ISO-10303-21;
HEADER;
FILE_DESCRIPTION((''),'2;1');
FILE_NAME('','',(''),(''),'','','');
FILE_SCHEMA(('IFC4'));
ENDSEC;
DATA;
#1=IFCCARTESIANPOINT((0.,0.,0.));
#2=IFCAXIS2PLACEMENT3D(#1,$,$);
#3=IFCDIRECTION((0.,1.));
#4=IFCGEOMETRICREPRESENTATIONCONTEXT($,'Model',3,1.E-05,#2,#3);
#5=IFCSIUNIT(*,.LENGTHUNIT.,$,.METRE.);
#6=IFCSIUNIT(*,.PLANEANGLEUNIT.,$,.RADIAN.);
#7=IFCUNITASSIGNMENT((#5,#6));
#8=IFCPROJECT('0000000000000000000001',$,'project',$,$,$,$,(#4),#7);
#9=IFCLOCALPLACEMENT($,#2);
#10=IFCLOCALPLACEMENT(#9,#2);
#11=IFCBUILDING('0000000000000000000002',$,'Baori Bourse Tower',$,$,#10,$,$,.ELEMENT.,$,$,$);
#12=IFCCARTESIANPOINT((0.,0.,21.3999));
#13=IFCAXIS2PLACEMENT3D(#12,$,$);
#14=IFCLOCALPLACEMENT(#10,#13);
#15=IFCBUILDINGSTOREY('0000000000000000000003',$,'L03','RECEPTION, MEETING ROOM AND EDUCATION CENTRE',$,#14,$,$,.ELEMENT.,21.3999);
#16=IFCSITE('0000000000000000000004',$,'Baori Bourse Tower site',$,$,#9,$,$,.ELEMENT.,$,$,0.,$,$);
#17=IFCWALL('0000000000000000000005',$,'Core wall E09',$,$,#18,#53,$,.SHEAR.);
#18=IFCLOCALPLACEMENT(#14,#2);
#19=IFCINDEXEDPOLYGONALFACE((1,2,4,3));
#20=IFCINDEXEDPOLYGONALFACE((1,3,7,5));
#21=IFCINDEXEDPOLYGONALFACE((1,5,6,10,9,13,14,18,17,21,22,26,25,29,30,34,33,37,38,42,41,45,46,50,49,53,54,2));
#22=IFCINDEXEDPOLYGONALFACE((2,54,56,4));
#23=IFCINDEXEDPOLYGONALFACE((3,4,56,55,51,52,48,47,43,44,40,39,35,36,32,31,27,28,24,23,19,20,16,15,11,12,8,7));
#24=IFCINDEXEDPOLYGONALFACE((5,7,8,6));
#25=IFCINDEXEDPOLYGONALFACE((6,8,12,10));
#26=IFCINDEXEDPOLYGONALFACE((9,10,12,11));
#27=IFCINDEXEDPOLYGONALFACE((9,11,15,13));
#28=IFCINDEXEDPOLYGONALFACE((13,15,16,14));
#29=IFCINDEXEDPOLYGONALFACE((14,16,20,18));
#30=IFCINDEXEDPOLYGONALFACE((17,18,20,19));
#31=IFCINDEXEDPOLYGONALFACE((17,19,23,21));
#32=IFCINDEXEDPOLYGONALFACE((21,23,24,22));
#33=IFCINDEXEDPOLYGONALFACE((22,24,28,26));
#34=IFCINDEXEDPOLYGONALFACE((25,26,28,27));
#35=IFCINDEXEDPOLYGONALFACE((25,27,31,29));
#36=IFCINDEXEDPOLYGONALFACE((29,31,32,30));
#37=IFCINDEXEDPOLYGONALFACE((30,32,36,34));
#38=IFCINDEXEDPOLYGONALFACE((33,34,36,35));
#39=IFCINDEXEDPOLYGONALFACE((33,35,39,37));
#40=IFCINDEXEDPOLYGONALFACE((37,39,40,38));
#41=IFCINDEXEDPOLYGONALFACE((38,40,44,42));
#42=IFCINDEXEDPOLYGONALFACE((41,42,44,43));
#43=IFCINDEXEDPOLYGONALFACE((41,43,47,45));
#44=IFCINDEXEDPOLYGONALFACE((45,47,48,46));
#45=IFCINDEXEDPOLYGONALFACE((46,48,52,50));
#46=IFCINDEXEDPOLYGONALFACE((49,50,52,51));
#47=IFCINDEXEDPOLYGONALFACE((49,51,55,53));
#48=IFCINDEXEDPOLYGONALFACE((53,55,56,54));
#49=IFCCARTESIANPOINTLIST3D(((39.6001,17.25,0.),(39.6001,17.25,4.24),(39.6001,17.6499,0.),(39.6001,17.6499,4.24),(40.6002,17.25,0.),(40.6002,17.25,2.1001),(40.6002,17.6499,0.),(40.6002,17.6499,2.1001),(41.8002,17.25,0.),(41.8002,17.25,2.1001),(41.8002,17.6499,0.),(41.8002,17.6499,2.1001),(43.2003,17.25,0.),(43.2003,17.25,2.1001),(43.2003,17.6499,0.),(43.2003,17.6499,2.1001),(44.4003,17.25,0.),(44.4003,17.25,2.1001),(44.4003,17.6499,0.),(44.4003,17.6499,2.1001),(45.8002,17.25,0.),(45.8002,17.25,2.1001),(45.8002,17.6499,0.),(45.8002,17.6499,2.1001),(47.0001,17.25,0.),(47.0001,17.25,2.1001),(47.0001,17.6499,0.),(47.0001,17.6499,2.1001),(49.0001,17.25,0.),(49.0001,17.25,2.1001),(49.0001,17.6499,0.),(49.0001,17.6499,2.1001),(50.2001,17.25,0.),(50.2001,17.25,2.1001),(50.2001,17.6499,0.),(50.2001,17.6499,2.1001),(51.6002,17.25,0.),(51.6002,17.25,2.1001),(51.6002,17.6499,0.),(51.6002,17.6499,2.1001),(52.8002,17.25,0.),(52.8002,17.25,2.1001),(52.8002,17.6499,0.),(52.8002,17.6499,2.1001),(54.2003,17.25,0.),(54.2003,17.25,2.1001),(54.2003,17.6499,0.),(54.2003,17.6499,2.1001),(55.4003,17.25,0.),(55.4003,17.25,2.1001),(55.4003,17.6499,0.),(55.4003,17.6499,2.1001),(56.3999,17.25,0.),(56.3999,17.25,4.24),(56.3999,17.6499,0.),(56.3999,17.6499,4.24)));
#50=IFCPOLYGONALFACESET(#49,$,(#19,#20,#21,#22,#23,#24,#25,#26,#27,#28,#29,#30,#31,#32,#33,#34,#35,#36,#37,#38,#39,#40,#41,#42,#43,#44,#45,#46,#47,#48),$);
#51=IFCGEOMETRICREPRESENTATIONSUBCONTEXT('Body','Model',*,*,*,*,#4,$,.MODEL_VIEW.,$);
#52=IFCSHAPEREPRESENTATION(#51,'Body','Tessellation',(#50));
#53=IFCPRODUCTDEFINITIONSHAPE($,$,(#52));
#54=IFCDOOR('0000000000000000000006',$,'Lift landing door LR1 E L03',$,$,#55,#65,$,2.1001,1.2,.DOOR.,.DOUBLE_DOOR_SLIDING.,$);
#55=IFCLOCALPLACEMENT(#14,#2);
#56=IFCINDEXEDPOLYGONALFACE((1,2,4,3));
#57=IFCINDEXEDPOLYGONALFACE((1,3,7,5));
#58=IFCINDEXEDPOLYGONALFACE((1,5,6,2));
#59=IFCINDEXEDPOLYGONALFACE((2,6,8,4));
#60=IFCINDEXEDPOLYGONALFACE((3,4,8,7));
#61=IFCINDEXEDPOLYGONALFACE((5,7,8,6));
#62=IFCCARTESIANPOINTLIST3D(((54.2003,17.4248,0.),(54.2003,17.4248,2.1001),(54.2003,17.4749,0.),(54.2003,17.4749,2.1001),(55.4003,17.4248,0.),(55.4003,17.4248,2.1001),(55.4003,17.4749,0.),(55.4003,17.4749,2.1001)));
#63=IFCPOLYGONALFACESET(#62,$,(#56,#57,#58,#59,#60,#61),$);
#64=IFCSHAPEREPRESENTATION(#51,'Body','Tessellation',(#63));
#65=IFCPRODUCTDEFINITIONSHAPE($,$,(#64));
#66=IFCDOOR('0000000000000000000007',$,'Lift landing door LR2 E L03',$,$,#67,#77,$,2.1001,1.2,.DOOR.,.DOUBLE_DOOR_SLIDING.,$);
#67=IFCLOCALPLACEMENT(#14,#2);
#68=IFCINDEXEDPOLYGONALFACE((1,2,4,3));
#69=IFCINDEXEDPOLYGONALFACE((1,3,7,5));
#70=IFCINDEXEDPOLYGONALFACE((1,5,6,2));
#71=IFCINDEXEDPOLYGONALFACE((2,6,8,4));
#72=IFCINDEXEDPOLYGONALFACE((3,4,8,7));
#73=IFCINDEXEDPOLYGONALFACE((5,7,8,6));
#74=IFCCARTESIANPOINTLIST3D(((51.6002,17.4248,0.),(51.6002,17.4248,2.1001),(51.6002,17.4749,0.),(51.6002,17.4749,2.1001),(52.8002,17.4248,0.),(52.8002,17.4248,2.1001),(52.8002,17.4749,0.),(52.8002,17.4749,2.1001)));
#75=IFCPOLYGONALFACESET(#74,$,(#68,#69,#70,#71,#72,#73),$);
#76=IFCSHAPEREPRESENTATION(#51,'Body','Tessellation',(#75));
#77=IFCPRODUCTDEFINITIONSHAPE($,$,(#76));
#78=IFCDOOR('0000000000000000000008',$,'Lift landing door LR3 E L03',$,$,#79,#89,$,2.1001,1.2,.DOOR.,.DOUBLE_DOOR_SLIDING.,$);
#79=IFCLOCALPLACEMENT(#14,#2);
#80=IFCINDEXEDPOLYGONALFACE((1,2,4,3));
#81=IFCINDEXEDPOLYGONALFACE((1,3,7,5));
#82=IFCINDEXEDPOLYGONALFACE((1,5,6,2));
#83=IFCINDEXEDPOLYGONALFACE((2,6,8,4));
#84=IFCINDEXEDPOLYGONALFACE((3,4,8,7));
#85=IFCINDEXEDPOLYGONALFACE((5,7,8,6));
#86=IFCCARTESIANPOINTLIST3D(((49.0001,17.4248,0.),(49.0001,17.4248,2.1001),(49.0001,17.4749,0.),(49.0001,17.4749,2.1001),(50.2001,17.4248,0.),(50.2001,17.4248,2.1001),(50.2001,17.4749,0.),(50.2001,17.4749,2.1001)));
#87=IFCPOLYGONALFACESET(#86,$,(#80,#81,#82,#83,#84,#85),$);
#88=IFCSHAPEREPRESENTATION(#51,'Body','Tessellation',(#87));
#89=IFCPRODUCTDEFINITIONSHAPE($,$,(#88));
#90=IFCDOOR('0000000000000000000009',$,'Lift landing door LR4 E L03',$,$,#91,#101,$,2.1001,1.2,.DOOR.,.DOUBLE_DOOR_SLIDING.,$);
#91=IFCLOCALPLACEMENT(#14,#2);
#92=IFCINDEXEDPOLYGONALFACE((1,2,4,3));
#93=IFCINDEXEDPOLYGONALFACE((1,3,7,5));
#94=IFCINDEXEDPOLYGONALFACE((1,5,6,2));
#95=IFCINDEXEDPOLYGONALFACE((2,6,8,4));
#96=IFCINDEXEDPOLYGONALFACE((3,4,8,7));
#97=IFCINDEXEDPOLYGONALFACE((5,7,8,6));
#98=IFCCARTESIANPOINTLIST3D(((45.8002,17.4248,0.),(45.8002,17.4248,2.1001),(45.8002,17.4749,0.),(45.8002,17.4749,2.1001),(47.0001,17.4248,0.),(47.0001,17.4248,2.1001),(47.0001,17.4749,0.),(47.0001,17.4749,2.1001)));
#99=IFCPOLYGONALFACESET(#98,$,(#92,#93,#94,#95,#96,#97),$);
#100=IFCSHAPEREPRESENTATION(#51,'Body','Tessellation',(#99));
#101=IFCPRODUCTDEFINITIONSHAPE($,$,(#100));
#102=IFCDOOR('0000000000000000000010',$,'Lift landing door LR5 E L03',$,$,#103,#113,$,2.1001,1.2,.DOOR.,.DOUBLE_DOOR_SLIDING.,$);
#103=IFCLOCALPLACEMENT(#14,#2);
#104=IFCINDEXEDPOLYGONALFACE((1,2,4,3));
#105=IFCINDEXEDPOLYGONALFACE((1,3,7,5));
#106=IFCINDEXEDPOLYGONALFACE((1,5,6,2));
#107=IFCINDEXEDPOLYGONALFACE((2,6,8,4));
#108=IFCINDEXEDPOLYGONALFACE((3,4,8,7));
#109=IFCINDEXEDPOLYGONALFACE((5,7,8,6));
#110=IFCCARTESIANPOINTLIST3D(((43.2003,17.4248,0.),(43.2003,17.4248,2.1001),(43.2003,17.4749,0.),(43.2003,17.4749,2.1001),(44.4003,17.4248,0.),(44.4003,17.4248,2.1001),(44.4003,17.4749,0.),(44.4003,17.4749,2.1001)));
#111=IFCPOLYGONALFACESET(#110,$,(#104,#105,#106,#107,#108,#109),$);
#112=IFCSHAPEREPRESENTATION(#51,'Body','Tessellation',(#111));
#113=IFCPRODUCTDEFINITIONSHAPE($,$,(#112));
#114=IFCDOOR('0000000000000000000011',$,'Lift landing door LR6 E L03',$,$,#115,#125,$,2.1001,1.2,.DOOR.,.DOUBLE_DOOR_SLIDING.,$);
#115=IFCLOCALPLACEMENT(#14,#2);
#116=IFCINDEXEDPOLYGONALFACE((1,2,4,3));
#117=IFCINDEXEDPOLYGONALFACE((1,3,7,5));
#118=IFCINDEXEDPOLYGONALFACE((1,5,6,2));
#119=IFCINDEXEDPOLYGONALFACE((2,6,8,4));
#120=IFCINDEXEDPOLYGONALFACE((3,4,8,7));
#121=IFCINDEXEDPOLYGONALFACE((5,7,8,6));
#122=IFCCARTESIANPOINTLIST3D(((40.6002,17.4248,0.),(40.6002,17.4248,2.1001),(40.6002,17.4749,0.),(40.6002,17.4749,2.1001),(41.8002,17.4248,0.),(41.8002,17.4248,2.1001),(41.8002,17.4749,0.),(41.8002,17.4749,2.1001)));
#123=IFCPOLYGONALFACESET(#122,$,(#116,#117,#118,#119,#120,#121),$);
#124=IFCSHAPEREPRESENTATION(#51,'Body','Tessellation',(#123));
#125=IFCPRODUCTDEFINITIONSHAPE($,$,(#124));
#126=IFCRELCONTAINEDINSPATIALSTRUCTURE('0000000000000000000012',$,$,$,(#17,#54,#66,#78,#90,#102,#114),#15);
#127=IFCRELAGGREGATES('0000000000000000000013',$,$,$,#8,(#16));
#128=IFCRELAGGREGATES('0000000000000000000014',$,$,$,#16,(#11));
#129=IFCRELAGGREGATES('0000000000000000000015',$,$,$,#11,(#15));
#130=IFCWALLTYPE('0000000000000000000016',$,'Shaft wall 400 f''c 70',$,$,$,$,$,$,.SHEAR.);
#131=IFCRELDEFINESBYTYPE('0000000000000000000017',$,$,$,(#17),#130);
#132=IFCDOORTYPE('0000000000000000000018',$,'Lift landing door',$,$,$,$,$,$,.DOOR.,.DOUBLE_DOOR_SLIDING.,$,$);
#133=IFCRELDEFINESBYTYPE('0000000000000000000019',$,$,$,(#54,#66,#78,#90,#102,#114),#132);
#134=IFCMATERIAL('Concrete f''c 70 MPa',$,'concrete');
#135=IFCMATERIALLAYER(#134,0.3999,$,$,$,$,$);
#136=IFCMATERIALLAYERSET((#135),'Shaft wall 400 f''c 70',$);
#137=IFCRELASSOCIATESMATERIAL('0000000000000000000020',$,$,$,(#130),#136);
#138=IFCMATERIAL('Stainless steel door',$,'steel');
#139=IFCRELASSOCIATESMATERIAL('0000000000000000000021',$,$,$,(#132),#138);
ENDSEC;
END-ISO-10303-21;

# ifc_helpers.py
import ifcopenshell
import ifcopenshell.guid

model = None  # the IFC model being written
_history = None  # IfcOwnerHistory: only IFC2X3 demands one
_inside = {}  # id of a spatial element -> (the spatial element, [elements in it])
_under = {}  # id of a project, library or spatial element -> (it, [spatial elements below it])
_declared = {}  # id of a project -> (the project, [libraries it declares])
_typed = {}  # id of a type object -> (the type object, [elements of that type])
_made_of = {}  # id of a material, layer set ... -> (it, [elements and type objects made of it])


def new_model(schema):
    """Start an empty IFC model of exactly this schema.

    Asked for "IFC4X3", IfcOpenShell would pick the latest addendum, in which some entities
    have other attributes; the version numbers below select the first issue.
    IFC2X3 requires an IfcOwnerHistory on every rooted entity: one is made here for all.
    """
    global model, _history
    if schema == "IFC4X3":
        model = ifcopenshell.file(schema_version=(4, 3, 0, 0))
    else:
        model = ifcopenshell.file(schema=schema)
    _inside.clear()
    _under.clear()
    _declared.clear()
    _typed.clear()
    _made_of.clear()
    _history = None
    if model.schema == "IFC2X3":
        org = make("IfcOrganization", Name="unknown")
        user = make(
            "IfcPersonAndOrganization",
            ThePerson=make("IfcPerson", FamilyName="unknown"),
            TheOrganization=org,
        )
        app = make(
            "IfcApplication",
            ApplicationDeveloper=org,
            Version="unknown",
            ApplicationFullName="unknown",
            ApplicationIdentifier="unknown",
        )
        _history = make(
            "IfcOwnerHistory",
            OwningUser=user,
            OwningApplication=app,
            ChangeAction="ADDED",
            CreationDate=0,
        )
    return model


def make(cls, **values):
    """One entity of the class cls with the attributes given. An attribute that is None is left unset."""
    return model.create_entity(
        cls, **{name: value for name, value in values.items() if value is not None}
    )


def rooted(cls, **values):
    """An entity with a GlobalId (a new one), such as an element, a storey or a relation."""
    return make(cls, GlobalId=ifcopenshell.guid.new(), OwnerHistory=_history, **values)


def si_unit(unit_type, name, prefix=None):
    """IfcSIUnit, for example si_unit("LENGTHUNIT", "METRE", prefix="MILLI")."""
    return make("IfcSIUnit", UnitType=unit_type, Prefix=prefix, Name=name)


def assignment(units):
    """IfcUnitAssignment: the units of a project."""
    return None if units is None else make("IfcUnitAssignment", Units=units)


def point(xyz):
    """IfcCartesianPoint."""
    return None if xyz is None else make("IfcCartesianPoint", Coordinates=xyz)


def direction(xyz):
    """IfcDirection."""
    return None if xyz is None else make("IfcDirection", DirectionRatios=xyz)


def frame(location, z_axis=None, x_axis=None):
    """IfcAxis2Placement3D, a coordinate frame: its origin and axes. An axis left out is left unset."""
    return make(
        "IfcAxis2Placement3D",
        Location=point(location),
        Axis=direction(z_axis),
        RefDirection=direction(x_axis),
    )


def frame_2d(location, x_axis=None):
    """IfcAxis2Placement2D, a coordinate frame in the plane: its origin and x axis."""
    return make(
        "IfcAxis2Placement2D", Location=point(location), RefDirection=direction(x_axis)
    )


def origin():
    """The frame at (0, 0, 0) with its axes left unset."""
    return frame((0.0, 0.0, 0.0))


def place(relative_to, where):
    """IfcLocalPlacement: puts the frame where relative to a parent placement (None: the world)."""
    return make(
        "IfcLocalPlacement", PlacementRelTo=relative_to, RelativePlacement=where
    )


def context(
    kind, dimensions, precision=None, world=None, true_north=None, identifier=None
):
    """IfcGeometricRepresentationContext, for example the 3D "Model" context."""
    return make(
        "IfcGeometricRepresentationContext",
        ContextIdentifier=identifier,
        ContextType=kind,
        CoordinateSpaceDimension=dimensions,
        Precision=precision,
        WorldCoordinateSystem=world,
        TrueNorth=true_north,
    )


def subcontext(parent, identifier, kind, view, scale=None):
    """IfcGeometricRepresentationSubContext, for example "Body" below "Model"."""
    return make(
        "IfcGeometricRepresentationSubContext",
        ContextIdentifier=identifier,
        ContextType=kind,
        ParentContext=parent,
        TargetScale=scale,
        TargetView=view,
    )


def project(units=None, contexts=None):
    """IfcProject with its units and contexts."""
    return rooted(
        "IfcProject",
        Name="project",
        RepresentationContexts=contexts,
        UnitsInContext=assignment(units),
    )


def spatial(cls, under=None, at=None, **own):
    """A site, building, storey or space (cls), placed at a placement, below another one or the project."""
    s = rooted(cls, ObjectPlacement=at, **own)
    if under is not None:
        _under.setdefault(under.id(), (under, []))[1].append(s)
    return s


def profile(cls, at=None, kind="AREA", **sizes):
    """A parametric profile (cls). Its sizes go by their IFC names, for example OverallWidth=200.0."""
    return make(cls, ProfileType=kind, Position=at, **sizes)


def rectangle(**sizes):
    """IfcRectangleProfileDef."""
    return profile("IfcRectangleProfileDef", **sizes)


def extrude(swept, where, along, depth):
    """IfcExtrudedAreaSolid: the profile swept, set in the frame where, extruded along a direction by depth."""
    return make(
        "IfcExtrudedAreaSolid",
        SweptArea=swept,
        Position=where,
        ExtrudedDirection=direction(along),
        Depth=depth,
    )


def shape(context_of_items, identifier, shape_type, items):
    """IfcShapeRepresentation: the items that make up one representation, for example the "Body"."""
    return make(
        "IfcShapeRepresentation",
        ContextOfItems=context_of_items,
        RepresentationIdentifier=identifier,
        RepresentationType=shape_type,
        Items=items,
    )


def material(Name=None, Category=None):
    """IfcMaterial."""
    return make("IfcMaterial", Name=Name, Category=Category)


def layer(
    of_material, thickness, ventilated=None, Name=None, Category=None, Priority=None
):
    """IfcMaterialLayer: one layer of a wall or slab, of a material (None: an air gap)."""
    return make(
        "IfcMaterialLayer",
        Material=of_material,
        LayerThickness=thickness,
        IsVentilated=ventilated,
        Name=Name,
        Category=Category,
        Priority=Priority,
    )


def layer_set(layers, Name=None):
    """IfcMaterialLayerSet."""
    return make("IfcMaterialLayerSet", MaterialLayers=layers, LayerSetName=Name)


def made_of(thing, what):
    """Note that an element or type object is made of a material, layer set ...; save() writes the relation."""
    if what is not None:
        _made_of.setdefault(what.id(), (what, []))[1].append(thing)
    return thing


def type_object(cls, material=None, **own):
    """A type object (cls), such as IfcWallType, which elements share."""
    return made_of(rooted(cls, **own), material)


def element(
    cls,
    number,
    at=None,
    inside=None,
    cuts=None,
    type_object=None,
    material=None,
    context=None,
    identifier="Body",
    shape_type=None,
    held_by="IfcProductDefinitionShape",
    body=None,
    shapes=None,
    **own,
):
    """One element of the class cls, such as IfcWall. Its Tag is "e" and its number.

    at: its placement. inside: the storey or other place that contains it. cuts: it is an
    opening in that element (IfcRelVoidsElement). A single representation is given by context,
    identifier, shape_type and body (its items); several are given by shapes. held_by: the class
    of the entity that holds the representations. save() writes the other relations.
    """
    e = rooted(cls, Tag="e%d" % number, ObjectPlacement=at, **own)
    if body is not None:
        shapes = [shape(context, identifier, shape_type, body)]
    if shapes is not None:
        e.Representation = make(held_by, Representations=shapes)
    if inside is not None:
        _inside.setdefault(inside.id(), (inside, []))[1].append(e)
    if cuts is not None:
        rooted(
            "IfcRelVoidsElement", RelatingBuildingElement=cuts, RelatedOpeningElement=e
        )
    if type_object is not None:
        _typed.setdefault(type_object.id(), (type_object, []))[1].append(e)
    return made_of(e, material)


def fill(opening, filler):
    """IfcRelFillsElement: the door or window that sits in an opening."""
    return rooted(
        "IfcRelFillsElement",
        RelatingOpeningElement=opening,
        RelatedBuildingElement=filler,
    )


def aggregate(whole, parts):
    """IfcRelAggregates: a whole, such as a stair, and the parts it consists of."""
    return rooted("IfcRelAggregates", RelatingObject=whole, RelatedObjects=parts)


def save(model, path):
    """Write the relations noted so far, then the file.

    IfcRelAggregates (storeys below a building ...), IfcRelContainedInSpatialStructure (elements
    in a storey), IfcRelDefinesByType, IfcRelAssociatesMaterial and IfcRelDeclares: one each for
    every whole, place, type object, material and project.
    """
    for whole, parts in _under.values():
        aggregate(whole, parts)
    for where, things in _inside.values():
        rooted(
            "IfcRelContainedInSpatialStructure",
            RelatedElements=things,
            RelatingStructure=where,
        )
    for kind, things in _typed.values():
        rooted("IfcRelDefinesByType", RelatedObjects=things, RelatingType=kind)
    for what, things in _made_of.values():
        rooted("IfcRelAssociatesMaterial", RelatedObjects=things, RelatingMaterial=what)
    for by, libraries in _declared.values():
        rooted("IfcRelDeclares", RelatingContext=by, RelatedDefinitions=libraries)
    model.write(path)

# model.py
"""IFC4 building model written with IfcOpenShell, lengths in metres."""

from ifc_helpers import new_model, si_unit, direction, frame, frame_2d, origin, place, context, subcontext, project, spatial, rectangle, extrude, material, layer, layer_set, type_object, element, fill, save


model = new_model("IFC4")

# Units and contexts
model_context = context("Model", 3, precision=1e-05, world=origin(), true_north=direction((0.0, 1.0)))
body_context = subcontext(model_context, "Body", "Model", "MODEL_VIEW")
ifc_project = project(units=[si_unit("LENGTHUNIT", "METRE"), si_unit("PLANEANGLEUNIT", "RADIAN")], contexts=[model_context])

# Site, building, storey
site_placement = place(None, origin())
site = spatial("IfcSite", under=ifc_project, at=site_placement, Name="Baori Bourse Tower site", CompositionType="ELEMENT", RefElevation=0.0)
building_placement = place(site_placement, origin())
building = spatial("IfcBuilding", under=site, at=building_placement, Name="Baori Bourse Tower", CompositionType="ELEMENT")
storey_placement = place(building_placement, frame((0.0, 0.0, 21.3999)))
storey = spatial("IfcBuildingStorey", under=building, at=storey_placement, Name="L03", Description="RECEPTION, MEETING ROOM AND EDUCATION CENTRE", CompositionType="ELEMENT", Elevation=21.3999)

# Shared definitions
ifc_material_1 = material(Name="Concrete f'c 70 MPa", Category="concrete")
ifc_layer_1 = layer(ifc_material_1, 0.3999)
ifc_layer_set_1 = layer_set([ifc_layer_1], Name="Shaft wall 400 f'c 70")
wall_type_1 = type_object("IfcWallType", Name="Shaft wall 400 f'c 70", PredefinedType="SHEAR", material=ifc_layer_set_1)

# Wall, openings, doors
wall_1_placement = place(storey_placement, frame((39.6001, 17.45, 0.0), z_axis=(0.0, 0.0, 1.0), x_axis=(1.0, 0.0, 0.0)))
wall_1 = element("IfcWall", 1, at=wall_1_placement, inside=storey, type_object=wall_type_1, Name="Core wall E09", PredefinedType="SHEAR", context=body_context, shape_type="SweptSolid", body=[
    extrude(rectangle(XDim=16.7998, YDim=0.3999, at=frame_2d((8.3999, 0.0))), origin(), (0.0, 0.0, 1.0), 4.24),
])
opening_1_placement = place(wall_1_placement, frame((14.6001, 0.0, 0.0)))
opening_1 = element("IfcOpeningElement", 2, at=opening_1_placement, cuts=wall_1, PredefinedType="OPENING", context=body_context, shape_type="SweptSolid", body=[
    extrude(rectangle(XDim=1.2, YDim=2.1001, at=frame_2d((0.6001, 1.05))), frame((0.0, 0.21, 0.0), z_axis=(0.0, -1.0, 0.0), x_axis=(1.0, 0.0, 0.0)), (0.0, 0.0, 1.0), 0.4199),
])
opening_2_placement = place(wall_1_placement, frame((12.0, 0.0, 0.0)))
opening_2 = element("IfcOpeningElement", 3, at=opening_2_placement, cuts=wall_1, PredefinedType="OPENING", context=body_context, shape_type="SweptSolid", body=[
    extrude(rectangle(XDim=1.2, YDim=2.1001, at=frame_2d((0.6001, 1.05))), frame((0.0, 0.21, 0.0), z_axis=(0.0, -1.0, 0.0), x_axis=(1.0, 0.0, 0.0)), (0.0, 0.0, 1.0), 0.4199),
])
opening_3_placement = place(wall_1_placement, frame((9.3999, 0.0, 0.0)))
opening_3 = element("IfcOpeningElement", 4, at=opening_3_placement, cuts=wall_1, PredefinedType="OPENING", context=body_context, shape_type="SweptSolid", body=[
    extrude(rectangle(XDim=1.2, YDim=2.1001, at=frame_2d((0.6001, 1.05))), frame((0.0, 0.21, 0.0), z_axis=(0.0, -1.0, 0.0), x_axis=(1.0, 0.0, 0.0)), (0.0, 0.0, 1.0), 0.4199),
])
opening_4_placement = place(wall_1_placement, frame((6.2, 0.0, 0.0)))
opening_4 = element("IfcOpeningElement", 5, at=opening_4_placement, cuts=wall_1, PredefinedType="OPENING", context=body_context, shape_type="SweptSolid", body=[
    extrude(rectangle(XDim=1.2, YDim=2.1001, at=frame_2d((0.6001, 1.05))), frame((0.0, 0.21, 0.0), z_axis=(0.0, -1.0, 0.0), x_axis=(1.0, 0.0, 0.0)), (0.0, 0.0, 1.0), 0.4199),
])
opening_5_placement = place(wall_1_placement, frame((3.6001, 0.0, 0.0)))
opening_5 = element("IfcOpeningElement", 6, at=opening_5_placement, cuts=wall_1, PredefinedType="OPENING", context=body_context, shape_type="SweptSolid", body=[
    extrude(rectangle(XDim=1.2, YDim=2.1001, at=frame_2d((0.6001, 1.05))), frame((0.0, 0.21, 0.0), z_axis=(0.0, -1.0, 0.0), x_axis=(1.0, 0.0, 0.0)), (0.0, 0.0, 1.0), 0.4199),
])
opening_6_placement = place(wall_1_placement, frame((1.0, 0.0, 0.0)))
opening_6 = element("IfcOpeningElement", 7, at=opening_6_placement, cuts=wall_1, PredefinedType="OPENING", context=body_context, shape_type="SweptSolid", body=[
    extrude(rectangle(XDim=1.2, YDim=2.1001, at=frame_2d((0.6001, 1.05))), frame((0.0, 0.21, 0.0), z_axis=(0.0, -1.0, 0.0), x_axis=(1.0, 0.0, 0.0)), (0.0, 0.0, 1.0), 0.4199),
])
ifc_material_2 = material(Name="Stainless steel door", Category="steel")
door_type_1 = type_object("IfcDoorType", Name="Lift landing door", OperationType="DOUBLE_DOOR_SLIDING", PredefinedType="DOOR", material=ifc_material_2)
door_1_placement = place(opening_1_placement, origin())
door_1 = element("IfcDoor", 8, at=door_1_placement, inside=storey, type_object=door_type_1, Name="Lift landing door LR1 E L03", OperationType="DOUBLE_DOOR_SLIDING", OverallHeight=2.1001, OverallWidth=1.2, PredefinedType="DOOR", context=body_context, shape_type="SweptSolid", body=[
    extrude(rectangle(XDim=1.2, YDim=2.1001, at=frame_2d((0.6001, 1.05))), frame((0.0, 0.0249, 0.0), z_axis=(0.0, -1.0, 0.0), x_axis=(1.0, 0.0, 0.0)), (0.0, 0.0, 1.0), 0.05),
])
fill(opening_1, door_1)
door_2_placement = place(opening_2_placement, origin())
door_2 = element("IfcDoor", 9, at=door_2_placement, inside=storey, type_object=door_type_1, Name="Lift landing door LR2 E L03", OperationType="DOUBLE_DOOR_SLIDING", OverallHeight=2.1001, OverallWidth=1.2, PredefinedType="DOOR", context=body_context, shape_type="SweptSolid", body=[
    extrude(rectangle(XDim=1.2, YDim=2.1001, at=frame_2d((0.6001, 1.05))), frame((0.0, 0.0249, 0.0), z_axis=(0.0, -1.0, 0.0), x_axis=(1.0, 0.0, 0.0)), (0.0, 0.0, 1.0), 0.05),
])
fill(opening_2, door_2)
door_3_placement = place(opening_3_placement, origin())
door_3 = element("IfcDoor", 10, at=door_3_placement, inside=storey, type_object=door_type_1, Name="Lift landing door LR3 E L03", OperationType="DOUBLE_DOOR_SLIDING", OverallHeight=2.1001, OverallWidth=1.2, PredefinedType="DOOR", context=body_context, shape_type="SweptSolid", body=[
    extrude(rectangle(XDim=1.2, YDim=2.1001, at=frame_2d((0.6001, 1.05))), frame((0.0, 0.0249, 0.0), z_axis=(0.0, -1.0, 0.0), x_axis=(1.0, 0.0, 0.0)), (0.0, 0.0, 1.0), 0.05),
])
fill(opening_3, door_3)
door_4_placement = place(opening_4_placement, origin())
door_4 = element("IfcDoor", 11, at=door_4_placement, inside=storey, type_object=door_type_1, Name="Lift landing door LR4 E L03", OperationType="DOUBLE_DOOR_SLIDING", OverallHeight=2.1001, OverallWidth=1.2, PredefinedType="DOOR", context=body_context, shape_type="SweptSolid", body=[
    extrude(rectangle(XDim=1.2, YDim=2.1001, at=frame_2d((0.6001, 1.05))), frame((0.0, 0.0249, 0.0), z_axis=(0.0, -1.0, 0.0), x_axis=(1.0, 0.0, 0.0)), (0.0, 0.0, 1.0), 0.05),
])
fill(opening_4, door_4)
door_5_placement = place(opening_5_placement, origin())
door_5 = element("IfcDoor", 12, at=door_5_placement, inside=storey, type_object=door_type_1, Name="Lift landing door LR5 E L03", OperationType="DOUBLE_DOOR_SLIDING", OverallHeight=2.1001, OverallWidth=1.2, PredefinedType="DOOR", context=body_context, shape_type="SweptSolid", body=[
    extrude(rectangle(XDim=1.2, YDim=2.1001, at=frame_2d((0.6001, 1.05))), frame((0.0, 0.0249, 0.0), z_axis=(0.0, -1.0, 0.0), x_axis=(1.0, 0.0, 0.0)), (0.0, 0.0, 1.0), 0.05),
])
fill(opening_5, door_5)
door_6_placement = place(opening_6_placement, origin())
door_6 = element("IfcDoor", 13, at=door_6_placement, inside=storey, type_object=door_type_1, Name="Lift landing door LR6 E L03", OperationType="DOUBLE_DOOR_SLIDING", OverallHeight=2.1001, OverallWidth=1.2, PredefinedType="DOOR", context=body_context, shape_type="SweptSolid", body=[
    extrude(rectangle(XDim=1.2, YDim=2.1001, at=frame_2d((0.6001, 1.05))), frame((0.0, 0.0249, 0.0), z_axis=(0.0, -1.0, 0.0), x_axis=(1.0, 0.0, 0.0)), (0.0, 0.0, 1.0), 0.05),
])
fill(opening_6, door_6)

save(model, "model.ifc")
